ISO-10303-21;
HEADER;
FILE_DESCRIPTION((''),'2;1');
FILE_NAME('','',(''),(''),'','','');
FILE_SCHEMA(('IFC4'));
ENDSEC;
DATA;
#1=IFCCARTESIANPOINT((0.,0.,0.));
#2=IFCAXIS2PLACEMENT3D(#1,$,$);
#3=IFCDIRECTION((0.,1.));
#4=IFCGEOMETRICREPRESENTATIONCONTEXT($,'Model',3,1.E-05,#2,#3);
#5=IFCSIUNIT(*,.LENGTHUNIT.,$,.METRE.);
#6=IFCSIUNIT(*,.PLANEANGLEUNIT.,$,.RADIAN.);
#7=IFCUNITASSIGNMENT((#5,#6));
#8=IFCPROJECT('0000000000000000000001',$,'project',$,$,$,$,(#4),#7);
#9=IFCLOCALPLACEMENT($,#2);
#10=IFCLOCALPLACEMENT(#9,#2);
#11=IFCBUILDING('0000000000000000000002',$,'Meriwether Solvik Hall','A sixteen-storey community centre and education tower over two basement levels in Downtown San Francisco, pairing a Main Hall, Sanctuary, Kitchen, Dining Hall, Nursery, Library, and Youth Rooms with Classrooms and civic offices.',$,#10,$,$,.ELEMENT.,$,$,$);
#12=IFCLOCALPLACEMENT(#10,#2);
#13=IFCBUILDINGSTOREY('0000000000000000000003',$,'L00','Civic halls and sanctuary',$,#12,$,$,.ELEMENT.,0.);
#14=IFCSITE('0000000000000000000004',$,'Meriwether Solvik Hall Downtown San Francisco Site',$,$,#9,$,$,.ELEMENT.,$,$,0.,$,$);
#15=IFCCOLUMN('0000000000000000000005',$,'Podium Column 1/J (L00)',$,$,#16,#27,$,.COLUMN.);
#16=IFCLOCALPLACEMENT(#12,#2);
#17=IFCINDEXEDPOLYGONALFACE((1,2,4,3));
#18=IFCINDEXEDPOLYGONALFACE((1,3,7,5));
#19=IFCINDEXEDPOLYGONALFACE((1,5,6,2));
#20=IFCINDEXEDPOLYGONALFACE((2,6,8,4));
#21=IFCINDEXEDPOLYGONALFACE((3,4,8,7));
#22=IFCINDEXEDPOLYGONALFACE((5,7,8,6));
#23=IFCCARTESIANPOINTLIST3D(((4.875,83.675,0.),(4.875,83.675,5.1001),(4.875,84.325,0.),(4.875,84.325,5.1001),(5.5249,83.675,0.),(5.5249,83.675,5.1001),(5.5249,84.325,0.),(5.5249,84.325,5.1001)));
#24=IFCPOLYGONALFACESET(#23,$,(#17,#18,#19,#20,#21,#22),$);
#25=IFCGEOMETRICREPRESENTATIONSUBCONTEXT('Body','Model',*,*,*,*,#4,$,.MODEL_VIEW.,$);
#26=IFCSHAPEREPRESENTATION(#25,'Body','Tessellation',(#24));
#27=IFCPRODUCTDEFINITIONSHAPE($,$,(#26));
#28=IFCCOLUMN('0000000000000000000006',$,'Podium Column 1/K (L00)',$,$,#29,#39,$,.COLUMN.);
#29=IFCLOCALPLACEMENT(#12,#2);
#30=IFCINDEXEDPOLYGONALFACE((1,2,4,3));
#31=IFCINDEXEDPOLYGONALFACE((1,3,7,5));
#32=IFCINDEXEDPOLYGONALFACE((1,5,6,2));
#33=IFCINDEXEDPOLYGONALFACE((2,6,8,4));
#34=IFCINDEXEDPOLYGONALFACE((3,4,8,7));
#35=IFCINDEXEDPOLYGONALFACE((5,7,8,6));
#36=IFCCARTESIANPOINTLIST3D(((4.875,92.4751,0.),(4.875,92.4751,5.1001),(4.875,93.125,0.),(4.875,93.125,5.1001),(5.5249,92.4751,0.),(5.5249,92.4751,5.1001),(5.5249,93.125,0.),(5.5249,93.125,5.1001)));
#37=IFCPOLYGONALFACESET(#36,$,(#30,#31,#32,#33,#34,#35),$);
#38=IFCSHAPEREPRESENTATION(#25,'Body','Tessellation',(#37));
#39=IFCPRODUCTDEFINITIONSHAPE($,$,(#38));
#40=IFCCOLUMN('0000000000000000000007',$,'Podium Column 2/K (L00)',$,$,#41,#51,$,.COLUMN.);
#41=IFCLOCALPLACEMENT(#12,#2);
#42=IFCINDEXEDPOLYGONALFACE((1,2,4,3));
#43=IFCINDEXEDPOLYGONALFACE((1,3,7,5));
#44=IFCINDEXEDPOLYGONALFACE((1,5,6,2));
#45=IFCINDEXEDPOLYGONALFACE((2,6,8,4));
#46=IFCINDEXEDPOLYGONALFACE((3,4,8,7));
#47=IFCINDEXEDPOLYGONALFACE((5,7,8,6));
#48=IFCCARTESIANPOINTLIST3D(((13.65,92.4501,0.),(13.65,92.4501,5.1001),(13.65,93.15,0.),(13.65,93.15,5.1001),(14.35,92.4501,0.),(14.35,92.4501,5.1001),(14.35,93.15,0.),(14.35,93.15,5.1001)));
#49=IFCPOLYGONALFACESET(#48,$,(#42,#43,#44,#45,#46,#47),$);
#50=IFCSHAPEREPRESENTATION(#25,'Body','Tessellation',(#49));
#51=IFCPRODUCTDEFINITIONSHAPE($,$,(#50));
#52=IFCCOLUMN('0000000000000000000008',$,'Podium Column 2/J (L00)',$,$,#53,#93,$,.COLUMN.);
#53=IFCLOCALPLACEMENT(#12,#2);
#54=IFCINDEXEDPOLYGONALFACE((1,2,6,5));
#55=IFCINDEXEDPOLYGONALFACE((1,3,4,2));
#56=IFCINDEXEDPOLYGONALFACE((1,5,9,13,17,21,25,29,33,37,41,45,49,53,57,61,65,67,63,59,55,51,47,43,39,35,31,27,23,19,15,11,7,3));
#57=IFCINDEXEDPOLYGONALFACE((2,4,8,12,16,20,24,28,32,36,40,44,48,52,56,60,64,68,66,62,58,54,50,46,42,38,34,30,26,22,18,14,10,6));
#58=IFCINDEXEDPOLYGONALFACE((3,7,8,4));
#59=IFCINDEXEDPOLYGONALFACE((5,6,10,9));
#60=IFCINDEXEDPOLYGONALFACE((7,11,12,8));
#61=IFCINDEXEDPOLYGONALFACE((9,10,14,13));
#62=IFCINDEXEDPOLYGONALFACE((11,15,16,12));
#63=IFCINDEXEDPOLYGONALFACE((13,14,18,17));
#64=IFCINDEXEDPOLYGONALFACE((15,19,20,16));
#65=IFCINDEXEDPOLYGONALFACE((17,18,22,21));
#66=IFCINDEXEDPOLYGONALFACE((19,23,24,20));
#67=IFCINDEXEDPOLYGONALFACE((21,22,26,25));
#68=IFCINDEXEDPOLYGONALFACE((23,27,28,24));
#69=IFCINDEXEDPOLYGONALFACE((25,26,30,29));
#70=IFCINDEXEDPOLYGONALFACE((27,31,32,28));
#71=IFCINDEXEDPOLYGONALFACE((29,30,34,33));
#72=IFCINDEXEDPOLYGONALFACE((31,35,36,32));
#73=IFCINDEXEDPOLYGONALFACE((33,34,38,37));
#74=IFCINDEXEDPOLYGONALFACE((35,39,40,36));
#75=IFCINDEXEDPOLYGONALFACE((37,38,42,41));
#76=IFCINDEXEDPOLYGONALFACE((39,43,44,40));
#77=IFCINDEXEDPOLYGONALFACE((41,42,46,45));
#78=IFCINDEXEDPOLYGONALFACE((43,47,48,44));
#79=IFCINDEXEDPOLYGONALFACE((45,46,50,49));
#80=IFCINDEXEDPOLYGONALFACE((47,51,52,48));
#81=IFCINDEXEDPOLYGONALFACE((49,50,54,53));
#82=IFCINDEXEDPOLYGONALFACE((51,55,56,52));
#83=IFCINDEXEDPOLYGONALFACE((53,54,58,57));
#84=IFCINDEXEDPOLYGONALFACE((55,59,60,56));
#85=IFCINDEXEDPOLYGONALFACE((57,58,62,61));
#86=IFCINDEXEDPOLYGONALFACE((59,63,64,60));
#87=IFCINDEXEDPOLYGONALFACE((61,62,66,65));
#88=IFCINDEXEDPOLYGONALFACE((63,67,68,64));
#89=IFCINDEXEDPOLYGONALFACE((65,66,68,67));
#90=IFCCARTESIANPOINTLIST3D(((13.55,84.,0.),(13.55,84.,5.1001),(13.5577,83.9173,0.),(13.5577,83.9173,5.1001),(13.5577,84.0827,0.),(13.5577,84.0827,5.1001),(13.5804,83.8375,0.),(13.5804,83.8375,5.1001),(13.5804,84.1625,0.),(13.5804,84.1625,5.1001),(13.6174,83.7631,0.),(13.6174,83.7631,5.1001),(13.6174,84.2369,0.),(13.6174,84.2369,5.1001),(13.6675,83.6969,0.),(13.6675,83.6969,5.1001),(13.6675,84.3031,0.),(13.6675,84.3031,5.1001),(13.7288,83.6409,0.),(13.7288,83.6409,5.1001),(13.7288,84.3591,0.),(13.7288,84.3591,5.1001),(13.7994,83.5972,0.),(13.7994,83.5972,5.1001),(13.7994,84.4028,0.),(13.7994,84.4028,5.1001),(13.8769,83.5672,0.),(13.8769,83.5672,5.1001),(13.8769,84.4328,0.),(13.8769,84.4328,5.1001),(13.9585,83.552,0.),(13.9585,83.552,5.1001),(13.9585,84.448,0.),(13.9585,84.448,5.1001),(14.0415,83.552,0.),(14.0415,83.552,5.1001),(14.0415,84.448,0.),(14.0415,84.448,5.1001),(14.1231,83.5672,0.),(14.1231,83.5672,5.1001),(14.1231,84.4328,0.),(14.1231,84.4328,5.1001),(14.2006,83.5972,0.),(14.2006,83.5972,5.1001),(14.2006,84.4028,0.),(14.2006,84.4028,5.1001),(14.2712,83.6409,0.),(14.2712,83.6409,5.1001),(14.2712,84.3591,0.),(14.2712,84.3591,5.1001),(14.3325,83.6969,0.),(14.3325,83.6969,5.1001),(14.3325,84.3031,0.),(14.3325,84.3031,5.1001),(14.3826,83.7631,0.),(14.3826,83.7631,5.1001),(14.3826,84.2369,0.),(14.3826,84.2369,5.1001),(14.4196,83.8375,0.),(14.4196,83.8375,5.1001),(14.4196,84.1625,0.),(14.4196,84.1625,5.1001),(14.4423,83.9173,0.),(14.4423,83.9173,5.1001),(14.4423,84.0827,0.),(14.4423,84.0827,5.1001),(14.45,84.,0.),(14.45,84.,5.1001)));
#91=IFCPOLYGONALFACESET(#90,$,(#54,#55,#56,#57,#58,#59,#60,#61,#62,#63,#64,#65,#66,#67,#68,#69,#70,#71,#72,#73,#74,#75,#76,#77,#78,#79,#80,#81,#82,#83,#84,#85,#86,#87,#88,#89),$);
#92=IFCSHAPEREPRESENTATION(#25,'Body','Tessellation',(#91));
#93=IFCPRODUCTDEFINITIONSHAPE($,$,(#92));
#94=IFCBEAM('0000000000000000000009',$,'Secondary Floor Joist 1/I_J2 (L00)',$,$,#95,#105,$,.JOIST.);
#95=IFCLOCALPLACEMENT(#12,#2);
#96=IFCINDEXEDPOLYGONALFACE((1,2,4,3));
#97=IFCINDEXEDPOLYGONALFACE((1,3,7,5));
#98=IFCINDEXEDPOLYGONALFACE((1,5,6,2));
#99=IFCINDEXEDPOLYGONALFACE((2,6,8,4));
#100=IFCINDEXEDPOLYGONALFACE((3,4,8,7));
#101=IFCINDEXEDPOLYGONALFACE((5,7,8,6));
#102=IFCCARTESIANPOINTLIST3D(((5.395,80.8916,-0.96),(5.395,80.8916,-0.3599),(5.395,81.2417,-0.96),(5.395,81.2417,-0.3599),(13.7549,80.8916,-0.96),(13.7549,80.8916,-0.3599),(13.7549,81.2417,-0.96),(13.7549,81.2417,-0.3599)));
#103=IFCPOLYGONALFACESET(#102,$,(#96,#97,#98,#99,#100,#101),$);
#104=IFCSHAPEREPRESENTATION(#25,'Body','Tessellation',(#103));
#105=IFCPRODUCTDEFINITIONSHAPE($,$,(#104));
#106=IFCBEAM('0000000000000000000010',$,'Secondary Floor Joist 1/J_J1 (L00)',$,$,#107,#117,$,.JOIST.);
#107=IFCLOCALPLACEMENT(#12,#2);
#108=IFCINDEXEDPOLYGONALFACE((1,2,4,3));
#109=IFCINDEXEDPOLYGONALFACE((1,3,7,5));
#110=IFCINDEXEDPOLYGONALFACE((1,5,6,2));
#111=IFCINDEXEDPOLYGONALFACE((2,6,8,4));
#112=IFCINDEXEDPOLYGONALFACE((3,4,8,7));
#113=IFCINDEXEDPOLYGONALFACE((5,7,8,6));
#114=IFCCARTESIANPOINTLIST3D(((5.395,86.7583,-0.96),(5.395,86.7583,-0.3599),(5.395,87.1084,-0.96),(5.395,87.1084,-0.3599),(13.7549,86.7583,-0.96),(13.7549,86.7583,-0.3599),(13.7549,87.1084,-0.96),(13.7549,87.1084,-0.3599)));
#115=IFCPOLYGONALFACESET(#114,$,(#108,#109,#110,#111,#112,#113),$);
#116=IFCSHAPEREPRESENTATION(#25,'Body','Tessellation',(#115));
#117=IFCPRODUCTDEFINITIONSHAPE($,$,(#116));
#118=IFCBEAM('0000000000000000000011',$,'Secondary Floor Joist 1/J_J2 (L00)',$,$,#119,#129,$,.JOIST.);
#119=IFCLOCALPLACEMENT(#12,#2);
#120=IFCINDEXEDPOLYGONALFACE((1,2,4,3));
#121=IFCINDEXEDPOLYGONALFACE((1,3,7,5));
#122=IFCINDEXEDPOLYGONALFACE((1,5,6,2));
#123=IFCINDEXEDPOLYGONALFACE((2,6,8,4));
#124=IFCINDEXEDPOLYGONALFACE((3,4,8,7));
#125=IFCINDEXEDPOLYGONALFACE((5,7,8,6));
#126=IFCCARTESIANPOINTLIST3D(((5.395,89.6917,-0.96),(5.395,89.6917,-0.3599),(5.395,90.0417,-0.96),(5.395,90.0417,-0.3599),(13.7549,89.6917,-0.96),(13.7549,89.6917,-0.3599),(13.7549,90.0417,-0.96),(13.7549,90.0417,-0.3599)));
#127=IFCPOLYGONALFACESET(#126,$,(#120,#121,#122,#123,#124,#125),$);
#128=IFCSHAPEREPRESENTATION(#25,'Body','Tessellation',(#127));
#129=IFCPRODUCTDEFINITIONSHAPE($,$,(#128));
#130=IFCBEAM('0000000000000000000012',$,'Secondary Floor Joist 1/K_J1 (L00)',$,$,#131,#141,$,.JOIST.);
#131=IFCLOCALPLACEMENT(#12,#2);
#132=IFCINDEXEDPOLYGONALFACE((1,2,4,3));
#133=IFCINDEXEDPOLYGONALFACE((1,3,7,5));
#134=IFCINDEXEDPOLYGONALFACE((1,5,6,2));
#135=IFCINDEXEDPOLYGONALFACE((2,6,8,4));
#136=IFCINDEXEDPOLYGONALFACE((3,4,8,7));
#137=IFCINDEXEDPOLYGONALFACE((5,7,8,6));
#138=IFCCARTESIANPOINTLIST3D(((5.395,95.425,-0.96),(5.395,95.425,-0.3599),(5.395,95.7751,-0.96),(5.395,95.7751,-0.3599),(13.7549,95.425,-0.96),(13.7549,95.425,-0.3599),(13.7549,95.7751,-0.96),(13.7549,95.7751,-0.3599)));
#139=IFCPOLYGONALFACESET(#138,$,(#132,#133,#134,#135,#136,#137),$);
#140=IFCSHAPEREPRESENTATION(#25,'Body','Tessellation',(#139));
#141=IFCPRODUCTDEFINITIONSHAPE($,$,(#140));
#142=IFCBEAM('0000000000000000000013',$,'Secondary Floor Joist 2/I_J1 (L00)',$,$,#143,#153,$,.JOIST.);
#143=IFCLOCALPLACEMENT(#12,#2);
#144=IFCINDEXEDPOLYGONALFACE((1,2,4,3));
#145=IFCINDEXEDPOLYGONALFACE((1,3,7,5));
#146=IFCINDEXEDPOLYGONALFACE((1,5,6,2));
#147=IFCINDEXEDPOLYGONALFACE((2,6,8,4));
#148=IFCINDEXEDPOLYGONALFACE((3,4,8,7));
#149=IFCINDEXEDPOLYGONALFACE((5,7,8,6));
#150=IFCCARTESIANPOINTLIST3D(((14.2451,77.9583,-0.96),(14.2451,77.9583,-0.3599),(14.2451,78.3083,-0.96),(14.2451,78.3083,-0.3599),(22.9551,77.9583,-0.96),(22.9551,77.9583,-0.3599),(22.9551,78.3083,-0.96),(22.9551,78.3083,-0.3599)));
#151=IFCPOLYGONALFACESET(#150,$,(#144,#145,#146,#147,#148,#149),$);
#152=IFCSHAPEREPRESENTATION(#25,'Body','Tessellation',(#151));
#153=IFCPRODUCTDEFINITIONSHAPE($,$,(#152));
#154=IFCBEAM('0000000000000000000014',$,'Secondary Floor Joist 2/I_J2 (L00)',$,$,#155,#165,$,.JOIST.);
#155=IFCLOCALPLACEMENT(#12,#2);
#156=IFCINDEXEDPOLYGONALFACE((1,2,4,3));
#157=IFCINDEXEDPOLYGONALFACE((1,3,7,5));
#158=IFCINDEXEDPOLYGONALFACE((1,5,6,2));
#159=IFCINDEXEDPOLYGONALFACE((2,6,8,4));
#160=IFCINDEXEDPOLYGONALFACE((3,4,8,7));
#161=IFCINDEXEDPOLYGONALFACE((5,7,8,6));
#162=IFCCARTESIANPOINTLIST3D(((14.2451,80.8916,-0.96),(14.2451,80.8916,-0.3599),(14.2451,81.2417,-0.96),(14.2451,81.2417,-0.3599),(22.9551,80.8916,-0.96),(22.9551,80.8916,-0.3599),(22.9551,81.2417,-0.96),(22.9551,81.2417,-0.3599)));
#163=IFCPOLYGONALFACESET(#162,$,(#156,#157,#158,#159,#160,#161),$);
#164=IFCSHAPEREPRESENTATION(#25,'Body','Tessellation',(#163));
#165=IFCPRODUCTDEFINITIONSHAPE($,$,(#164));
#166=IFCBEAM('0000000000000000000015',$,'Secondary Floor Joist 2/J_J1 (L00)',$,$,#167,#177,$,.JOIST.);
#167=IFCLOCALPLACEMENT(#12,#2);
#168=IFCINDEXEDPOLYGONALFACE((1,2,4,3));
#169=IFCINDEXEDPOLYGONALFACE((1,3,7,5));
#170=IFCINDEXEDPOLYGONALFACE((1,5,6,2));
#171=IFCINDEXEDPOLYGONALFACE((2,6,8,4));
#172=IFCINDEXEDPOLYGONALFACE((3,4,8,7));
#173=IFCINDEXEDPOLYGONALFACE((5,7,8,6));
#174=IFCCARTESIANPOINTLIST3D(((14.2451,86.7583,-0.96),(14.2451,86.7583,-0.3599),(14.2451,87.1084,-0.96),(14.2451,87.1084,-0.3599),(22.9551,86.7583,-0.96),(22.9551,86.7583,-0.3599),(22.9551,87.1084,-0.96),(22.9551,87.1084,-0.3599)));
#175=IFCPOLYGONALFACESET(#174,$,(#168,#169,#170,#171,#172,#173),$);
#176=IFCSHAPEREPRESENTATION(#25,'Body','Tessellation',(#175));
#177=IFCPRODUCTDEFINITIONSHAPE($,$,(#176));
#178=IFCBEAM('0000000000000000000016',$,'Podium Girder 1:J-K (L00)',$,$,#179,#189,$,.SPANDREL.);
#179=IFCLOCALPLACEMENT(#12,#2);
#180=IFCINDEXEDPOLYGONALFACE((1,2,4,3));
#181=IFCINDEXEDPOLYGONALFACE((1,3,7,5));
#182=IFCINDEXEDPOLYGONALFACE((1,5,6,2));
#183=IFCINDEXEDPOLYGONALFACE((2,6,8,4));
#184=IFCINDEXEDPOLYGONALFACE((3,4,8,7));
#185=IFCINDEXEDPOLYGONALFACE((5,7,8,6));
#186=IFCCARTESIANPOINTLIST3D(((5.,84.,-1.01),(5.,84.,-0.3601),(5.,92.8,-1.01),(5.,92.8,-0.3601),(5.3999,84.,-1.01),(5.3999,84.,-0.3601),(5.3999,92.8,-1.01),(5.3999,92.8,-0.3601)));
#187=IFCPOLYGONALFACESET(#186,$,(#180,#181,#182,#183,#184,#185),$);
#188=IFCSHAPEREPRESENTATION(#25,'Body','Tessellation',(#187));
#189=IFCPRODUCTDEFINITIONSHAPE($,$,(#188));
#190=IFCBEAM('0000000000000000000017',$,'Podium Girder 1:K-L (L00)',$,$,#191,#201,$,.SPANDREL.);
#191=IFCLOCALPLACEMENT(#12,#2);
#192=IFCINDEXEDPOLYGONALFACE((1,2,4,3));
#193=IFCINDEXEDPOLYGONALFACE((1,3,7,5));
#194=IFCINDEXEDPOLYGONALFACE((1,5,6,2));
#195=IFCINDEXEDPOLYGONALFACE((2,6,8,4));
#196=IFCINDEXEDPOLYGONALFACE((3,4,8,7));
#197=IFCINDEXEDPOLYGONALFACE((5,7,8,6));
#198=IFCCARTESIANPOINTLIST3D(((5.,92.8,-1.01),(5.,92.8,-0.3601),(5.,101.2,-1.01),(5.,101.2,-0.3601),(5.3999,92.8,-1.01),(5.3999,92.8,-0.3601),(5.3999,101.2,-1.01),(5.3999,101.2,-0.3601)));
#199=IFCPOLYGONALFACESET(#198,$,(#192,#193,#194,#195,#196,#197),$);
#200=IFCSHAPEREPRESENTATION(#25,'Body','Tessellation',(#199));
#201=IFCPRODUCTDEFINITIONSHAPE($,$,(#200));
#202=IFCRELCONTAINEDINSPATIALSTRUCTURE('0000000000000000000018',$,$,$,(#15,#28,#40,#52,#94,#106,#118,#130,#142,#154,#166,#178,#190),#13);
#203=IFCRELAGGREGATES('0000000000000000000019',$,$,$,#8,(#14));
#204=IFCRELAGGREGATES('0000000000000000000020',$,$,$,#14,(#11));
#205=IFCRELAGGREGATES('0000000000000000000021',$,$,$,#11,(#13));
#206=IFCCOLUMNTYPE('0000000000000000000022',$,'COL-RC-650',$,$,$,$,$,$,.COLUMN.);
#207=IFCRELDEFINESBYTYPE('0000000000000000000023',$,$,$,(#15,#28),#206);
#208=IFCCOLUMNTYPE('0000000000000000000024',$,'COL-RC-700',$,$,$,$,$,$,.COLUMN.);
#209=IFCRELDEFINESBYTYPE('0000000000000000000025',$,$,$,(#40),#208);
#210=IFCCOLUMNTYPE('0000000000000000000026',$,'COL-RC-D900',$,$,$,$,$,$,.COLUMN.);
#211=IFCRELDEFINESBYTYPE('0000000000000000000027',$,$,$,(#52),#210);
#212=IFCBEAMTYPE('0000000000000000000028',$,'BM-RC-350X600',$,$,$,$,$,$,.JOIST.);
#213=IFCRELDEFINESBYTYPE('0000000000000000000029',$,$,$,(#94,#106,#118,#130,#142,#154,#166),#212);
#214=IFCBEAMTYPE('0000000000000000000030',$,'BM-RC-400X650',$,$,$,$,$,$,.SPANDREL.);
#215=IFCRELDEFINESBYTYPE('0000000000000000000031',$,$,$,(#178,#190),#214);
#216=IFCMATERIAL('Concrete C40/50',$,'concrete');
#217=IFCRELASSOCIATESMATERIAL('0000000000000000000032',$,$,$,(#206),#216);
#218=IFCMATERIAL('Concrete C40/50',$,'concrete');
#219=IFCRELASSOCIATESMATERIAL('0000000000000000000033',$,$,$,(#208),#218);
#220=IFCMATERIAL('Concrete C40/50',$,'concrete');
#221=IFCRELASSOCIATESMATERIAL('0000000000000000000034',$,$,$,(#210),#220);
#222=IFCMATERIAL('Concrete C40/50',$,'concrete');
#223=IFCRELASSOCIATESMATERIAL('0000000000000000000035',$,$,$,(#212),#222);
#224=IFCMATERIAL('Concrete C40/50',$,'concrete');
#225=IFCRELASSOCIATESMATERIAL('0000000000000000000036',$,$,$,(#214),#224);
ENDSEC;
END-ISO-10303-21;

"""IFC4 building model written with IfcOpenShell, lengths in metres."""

from ifc_helpers import new_model, si_unit, direction, frame, origin, origin_2d, place, context, subcontext, project, spatial, rectangle, circle, extrude, material, material_profile, profile_set, type_object, element, save


model = new_model("IFC4")

# Units and contexts
model_context = context("Model", 3, precision=1e-05, world=origin(), true_north=direction((0.0, 1.0)))
body_context = subcontext(model_context, "Body", "Model", "MODEL_VIEW")
ifc_project = project(units=[si_unit("LENGTHUNIT", "METRE"), si_unit("PLANEANGLEUNIT", "RADIAN")], contexts=[model_context])

# Site, building, storey
site_placement = place(None, origin())
site = spatial("IfcSite", under=ifc_project, at=site_placement, Name="Meriwether Solvik Hall Downtown San Francisco Site", CompositionType="ELEMENT", RefElevation=0.0)
building_placement = place(site_placement, origin())
building = spatial("IfcBuilding", under=site, at=building_placement, Name="Meriwether Solvik Hall", Description="A sixteen-storey community centre and education tower over two basement levels in Downtown San Francisco, pairing a Main Hall, Sanctuary, Kitchen, Dining Hall, Nursery, Library, and Youth Rooms with Classrooms and civic offices.", CompositionType="ELEMENT")
storey_placement = place(building_placement, origin())
storey = spatial("IfcBuildingStorey", under=building, at=storey_placement, Name="L00", Description="Civic halls and sanctuary", CompositionType="ELEMENT", Elevation=0.0)

# Columns
ifc_material_1 = material(Name="Concrete C40/50", Category="concrete")
ifc_material_profile_1 = material_profile(ifc_material_1, rectangle(XDim=0.6499, YDim=0.6499, at=origin_2d()), Name="RCC-650X650")
ifc_profile_set_1 = profile_set([ifc_material_profile_1], Name="Concrete C40/50")
column_type_1 = type_object("IfcColumnType", Name="COL-RC-650", PredefinedType="COLUMN", material=ifc_profile_set_1)
for number, where, z_axis, x_axis, name in (
    (1, (5.2, 84.0, 0.0), (0.0, 0.0, 1.0), (1.0, 0.0, 0.0), "Podium Column 1/J (L00)"),
    (2, (5.2, 92.8, 0.0), (0.0, 0.0, 1.0), (1.0, 0.0, 0.0), "Podium Column 1/K (L00)"),
):
    element("IfcColumn", number, at=place(storey_placement, frame(where, z_axis=z_axis, x_axis=x_axis)), inside=storey, type_object=column_type_1, Name=name, PredefinedType="COLUMN", context=body_context, shape_type="SweptSolid", body=[
        extrude(rectangle(XDim=0.6499, YDim=0.6499, at=origin_2d()), origin(), (0.0, 0.0, 1.0), 5.1001),
    ])
ifc_material_2 = material(Name="Concrete C40/50", Category="concrete")
ifc_material_profile_2 = material_profile(ifc_material_2, rectangle(XDim=0.7, YDim=0.7, at=origin_2d()), Name="RCC-700X700")
ifc_profile_set_2 = profile_set([ifc_material_profile_2], Name="Concrete C40/50")
column_type_2 = type_object("IfcColumnType", Name="COL-RC-700", PredefinedType="COLUMN", material=ifc_profile_set_2)
column_1_placement = place(storey_placement, frame((14.0, 92.8, 0.0), z_axis=(0.0, 0.0, 1.0), x_axis=(1.0, 0.0, 0.0)))
element("IfcColumn", 3, at=column_1_placement, inside=storey, type_object=column_type_2, Name="Podium Column 2/K (L00)", PredefinedType="COLUMN", context=body_context, shape_type="SweptSolid", body=[
    extrude(rectangle(XDim=0.7, YDim=0.7, at=origin_2d()), origin(), (0.0, 0.0, 1.0), 5.1001),
])
ifc_material_3 = material(Name="Concrete C40/50", Category="concrete")
ifc_material_profile_3 = material_profile(ifc_material_3, circle(Radius=0.45, at=origin_2d()), Name="RCC-D900")
ifc_profile_set_3 = profile_set([ifc_material_profile_3], Name="Concrete C40/50")
column_type_3 = type_object("IfcColumnType", Name="COL-RC-D900", PredefinedType="COLUMN", material=ifc_profile_set_3)
column_2_placement = place(storey_placement, frame((14.0, 84.0, 0.0), z_axis=(0.0, 0.0, 1.0), x_axis=(1.0, 0.0, 0.0)))
element("IfcColumn", 4, at=column_2_placement, inside=storey, type_object=column_type_3, Name="Podium Column 2/J (L00)", PredefinedType="COLUMN", context=body_context, shape_type="SweptSolid", body=[
    extrude(circle(Radius=0.45, at=origin_2d()), origin(), (0.0, 0.0, 1.0), 5.1001),
])

# Beams
ifc_material_4 = material(Name="Concrete C40/50", Category="concrete")
ifc_material_profile_4 = material_profile(ifc_material_4, rectangle(XDim=0.3501, YDim=0.6001, at=origin_2d()), Name="RCB-350X600")
ifc_profile_set_4 = profile_set([ifc_material_profile_4], Name="Concrete C40/50")
beam_type_1 = type_object("IfcBeamType", Name="BM-RC-350X600", PredefinedType="JOIST", material=ifc_profile_set_4)
for number, where, z_axis, x_axis, name in (
    (5, (5.395, 81.0667, -0.6599), (1.0, 0.0, 0.0), (0.0, 1.0, 0.0), "Secondary Floor Joist 1/I_J2 (L00)"),
    (6, (5.395, 86.9333, -0.6599), (1.0, 0.0, 0.0), (0.0, 1.0, 0.0), "Secondary Floor Joist 1/J_J1 (L00)"),
    (7, (5.395, 89.8667, -0.6599), (1.0, 0.0, 0.0), (0.0, 1.0, 0.0), "Secondary Floor Joist 1/J_J2 (L00)"),
    (8, (5.395, 95.6001, -0.6599), (1.0, 0.0, 0.0), (0.0, 1.0, 0.0), "Secondary Floor Joist 1/K_J1 (L00)"),
):
    element("IfcBeam", number, at=place(storey_placement, frame(where, z_axis=z_axis, x_axis=x_axis)), inside=storey, type_object=beam_type_1, Name=name, PredefinedType="JOIST", context=body_context, shape_type="SweptSolid", body=[
        extrude(rectangle(XDim=0.3501, YDim=0.6001, at=origin_2d()), origin(), (0.0, 0.0, 1.0), 8.3599),
    ])
for number, where, z_axis, x_axis, name in (
    (9, (14.2451, 78.1333, -0.6599), (1.0, 0.0, 0.0), (0.0, 1.0, 0.0), "Secondary Floor Joist 2/I_J1 (L00)"),
    (10, (14.2451, 81.0667, -0.6599), (1.0, 0.0, 0.0), (0.0, 1.0, 0.0), "Secondary Floor Joist 2/I_J2 (L00)"),
    (11, (14.2451, 86.9333, -0.6599), (1.0, 0.0, 0.0), (0.0, 1.0, 0.0), "Secondary Floor Joist 2/J_J1 (L00)"),
):
    element("IfcBeam", number, at=place(storey_placement, frame(where, z_axis=z_axis, x_axis=x_axis)), inside=storey, type_object=beam_type_1, Name=name, PredefinedType="JOIST", context=body_context, shape_type="SweptSolid", body=[
        extrude(rectangle(XDim=0.3501, YDim=0.6001, at=origin_2d()), origin(), (0.0, 0.0, 1.0), 8.71),
    ])
ifc_material_5 = material(Name="Concrete C40/50", Category="concrete")
ifc_material_profile_5 = material_profile(ifc_material_5, rectangle(XDim=0.3999, YDim=0.6499, at=origin_2d()), Name="RCB-400X650")
ifc_profile_set_5 = profile_set([ifc_material_profile_5], Name="Concrete C40/50")
beam_type_2 = type_object("IfcBeamType", Name="BM-RC-400X650", PredefinedType="SPANDREL", material=ifc_profile_set_5)
beam_1_placement = place(storey_placement, frame((5.2, 84.0, -0.6851), z_axis=(0.0, 1.0, 0.0), x_axis=(-1.0, 0.0, 0.0)))
element("IfcBeam", 12, at=beam_1_placement, inside=storey, type_object=beam_type_2, Name="Podium Girder 1:J-K (L00)", PredefinedType="SPANDREL", context=body_context, shape_type="SweptSolid", body=[
    extrude(rectangle(XDim=0.3999, YDim=0.6499, at=origin_2d()), origin(), (0.0, 0.0, 1.0), 8.8),
])
beam_2_placement = place(storey_placement, frame((5.2, 92.8, -0.6851), z_axis=(0.0, 1.0, 0.0), x_axis=(-1.0, 0.0, 0.0)))
element("IfcBeam", 13, at=beam_2_placement, inside=storey, type_object=beam_type_2, Name="Podium Girder 1:K-L (L00)", PredefinedType="SPANDREL", context=body_context, shape_type="SweptSolid", body=[
    extrude(rectangle(XDim=0.3999, YDim=0.6499, at=origin_2d()), origin(), (0.0, 0.0, 1.0), 8.3999),
])

save(model, "model.ifc")
